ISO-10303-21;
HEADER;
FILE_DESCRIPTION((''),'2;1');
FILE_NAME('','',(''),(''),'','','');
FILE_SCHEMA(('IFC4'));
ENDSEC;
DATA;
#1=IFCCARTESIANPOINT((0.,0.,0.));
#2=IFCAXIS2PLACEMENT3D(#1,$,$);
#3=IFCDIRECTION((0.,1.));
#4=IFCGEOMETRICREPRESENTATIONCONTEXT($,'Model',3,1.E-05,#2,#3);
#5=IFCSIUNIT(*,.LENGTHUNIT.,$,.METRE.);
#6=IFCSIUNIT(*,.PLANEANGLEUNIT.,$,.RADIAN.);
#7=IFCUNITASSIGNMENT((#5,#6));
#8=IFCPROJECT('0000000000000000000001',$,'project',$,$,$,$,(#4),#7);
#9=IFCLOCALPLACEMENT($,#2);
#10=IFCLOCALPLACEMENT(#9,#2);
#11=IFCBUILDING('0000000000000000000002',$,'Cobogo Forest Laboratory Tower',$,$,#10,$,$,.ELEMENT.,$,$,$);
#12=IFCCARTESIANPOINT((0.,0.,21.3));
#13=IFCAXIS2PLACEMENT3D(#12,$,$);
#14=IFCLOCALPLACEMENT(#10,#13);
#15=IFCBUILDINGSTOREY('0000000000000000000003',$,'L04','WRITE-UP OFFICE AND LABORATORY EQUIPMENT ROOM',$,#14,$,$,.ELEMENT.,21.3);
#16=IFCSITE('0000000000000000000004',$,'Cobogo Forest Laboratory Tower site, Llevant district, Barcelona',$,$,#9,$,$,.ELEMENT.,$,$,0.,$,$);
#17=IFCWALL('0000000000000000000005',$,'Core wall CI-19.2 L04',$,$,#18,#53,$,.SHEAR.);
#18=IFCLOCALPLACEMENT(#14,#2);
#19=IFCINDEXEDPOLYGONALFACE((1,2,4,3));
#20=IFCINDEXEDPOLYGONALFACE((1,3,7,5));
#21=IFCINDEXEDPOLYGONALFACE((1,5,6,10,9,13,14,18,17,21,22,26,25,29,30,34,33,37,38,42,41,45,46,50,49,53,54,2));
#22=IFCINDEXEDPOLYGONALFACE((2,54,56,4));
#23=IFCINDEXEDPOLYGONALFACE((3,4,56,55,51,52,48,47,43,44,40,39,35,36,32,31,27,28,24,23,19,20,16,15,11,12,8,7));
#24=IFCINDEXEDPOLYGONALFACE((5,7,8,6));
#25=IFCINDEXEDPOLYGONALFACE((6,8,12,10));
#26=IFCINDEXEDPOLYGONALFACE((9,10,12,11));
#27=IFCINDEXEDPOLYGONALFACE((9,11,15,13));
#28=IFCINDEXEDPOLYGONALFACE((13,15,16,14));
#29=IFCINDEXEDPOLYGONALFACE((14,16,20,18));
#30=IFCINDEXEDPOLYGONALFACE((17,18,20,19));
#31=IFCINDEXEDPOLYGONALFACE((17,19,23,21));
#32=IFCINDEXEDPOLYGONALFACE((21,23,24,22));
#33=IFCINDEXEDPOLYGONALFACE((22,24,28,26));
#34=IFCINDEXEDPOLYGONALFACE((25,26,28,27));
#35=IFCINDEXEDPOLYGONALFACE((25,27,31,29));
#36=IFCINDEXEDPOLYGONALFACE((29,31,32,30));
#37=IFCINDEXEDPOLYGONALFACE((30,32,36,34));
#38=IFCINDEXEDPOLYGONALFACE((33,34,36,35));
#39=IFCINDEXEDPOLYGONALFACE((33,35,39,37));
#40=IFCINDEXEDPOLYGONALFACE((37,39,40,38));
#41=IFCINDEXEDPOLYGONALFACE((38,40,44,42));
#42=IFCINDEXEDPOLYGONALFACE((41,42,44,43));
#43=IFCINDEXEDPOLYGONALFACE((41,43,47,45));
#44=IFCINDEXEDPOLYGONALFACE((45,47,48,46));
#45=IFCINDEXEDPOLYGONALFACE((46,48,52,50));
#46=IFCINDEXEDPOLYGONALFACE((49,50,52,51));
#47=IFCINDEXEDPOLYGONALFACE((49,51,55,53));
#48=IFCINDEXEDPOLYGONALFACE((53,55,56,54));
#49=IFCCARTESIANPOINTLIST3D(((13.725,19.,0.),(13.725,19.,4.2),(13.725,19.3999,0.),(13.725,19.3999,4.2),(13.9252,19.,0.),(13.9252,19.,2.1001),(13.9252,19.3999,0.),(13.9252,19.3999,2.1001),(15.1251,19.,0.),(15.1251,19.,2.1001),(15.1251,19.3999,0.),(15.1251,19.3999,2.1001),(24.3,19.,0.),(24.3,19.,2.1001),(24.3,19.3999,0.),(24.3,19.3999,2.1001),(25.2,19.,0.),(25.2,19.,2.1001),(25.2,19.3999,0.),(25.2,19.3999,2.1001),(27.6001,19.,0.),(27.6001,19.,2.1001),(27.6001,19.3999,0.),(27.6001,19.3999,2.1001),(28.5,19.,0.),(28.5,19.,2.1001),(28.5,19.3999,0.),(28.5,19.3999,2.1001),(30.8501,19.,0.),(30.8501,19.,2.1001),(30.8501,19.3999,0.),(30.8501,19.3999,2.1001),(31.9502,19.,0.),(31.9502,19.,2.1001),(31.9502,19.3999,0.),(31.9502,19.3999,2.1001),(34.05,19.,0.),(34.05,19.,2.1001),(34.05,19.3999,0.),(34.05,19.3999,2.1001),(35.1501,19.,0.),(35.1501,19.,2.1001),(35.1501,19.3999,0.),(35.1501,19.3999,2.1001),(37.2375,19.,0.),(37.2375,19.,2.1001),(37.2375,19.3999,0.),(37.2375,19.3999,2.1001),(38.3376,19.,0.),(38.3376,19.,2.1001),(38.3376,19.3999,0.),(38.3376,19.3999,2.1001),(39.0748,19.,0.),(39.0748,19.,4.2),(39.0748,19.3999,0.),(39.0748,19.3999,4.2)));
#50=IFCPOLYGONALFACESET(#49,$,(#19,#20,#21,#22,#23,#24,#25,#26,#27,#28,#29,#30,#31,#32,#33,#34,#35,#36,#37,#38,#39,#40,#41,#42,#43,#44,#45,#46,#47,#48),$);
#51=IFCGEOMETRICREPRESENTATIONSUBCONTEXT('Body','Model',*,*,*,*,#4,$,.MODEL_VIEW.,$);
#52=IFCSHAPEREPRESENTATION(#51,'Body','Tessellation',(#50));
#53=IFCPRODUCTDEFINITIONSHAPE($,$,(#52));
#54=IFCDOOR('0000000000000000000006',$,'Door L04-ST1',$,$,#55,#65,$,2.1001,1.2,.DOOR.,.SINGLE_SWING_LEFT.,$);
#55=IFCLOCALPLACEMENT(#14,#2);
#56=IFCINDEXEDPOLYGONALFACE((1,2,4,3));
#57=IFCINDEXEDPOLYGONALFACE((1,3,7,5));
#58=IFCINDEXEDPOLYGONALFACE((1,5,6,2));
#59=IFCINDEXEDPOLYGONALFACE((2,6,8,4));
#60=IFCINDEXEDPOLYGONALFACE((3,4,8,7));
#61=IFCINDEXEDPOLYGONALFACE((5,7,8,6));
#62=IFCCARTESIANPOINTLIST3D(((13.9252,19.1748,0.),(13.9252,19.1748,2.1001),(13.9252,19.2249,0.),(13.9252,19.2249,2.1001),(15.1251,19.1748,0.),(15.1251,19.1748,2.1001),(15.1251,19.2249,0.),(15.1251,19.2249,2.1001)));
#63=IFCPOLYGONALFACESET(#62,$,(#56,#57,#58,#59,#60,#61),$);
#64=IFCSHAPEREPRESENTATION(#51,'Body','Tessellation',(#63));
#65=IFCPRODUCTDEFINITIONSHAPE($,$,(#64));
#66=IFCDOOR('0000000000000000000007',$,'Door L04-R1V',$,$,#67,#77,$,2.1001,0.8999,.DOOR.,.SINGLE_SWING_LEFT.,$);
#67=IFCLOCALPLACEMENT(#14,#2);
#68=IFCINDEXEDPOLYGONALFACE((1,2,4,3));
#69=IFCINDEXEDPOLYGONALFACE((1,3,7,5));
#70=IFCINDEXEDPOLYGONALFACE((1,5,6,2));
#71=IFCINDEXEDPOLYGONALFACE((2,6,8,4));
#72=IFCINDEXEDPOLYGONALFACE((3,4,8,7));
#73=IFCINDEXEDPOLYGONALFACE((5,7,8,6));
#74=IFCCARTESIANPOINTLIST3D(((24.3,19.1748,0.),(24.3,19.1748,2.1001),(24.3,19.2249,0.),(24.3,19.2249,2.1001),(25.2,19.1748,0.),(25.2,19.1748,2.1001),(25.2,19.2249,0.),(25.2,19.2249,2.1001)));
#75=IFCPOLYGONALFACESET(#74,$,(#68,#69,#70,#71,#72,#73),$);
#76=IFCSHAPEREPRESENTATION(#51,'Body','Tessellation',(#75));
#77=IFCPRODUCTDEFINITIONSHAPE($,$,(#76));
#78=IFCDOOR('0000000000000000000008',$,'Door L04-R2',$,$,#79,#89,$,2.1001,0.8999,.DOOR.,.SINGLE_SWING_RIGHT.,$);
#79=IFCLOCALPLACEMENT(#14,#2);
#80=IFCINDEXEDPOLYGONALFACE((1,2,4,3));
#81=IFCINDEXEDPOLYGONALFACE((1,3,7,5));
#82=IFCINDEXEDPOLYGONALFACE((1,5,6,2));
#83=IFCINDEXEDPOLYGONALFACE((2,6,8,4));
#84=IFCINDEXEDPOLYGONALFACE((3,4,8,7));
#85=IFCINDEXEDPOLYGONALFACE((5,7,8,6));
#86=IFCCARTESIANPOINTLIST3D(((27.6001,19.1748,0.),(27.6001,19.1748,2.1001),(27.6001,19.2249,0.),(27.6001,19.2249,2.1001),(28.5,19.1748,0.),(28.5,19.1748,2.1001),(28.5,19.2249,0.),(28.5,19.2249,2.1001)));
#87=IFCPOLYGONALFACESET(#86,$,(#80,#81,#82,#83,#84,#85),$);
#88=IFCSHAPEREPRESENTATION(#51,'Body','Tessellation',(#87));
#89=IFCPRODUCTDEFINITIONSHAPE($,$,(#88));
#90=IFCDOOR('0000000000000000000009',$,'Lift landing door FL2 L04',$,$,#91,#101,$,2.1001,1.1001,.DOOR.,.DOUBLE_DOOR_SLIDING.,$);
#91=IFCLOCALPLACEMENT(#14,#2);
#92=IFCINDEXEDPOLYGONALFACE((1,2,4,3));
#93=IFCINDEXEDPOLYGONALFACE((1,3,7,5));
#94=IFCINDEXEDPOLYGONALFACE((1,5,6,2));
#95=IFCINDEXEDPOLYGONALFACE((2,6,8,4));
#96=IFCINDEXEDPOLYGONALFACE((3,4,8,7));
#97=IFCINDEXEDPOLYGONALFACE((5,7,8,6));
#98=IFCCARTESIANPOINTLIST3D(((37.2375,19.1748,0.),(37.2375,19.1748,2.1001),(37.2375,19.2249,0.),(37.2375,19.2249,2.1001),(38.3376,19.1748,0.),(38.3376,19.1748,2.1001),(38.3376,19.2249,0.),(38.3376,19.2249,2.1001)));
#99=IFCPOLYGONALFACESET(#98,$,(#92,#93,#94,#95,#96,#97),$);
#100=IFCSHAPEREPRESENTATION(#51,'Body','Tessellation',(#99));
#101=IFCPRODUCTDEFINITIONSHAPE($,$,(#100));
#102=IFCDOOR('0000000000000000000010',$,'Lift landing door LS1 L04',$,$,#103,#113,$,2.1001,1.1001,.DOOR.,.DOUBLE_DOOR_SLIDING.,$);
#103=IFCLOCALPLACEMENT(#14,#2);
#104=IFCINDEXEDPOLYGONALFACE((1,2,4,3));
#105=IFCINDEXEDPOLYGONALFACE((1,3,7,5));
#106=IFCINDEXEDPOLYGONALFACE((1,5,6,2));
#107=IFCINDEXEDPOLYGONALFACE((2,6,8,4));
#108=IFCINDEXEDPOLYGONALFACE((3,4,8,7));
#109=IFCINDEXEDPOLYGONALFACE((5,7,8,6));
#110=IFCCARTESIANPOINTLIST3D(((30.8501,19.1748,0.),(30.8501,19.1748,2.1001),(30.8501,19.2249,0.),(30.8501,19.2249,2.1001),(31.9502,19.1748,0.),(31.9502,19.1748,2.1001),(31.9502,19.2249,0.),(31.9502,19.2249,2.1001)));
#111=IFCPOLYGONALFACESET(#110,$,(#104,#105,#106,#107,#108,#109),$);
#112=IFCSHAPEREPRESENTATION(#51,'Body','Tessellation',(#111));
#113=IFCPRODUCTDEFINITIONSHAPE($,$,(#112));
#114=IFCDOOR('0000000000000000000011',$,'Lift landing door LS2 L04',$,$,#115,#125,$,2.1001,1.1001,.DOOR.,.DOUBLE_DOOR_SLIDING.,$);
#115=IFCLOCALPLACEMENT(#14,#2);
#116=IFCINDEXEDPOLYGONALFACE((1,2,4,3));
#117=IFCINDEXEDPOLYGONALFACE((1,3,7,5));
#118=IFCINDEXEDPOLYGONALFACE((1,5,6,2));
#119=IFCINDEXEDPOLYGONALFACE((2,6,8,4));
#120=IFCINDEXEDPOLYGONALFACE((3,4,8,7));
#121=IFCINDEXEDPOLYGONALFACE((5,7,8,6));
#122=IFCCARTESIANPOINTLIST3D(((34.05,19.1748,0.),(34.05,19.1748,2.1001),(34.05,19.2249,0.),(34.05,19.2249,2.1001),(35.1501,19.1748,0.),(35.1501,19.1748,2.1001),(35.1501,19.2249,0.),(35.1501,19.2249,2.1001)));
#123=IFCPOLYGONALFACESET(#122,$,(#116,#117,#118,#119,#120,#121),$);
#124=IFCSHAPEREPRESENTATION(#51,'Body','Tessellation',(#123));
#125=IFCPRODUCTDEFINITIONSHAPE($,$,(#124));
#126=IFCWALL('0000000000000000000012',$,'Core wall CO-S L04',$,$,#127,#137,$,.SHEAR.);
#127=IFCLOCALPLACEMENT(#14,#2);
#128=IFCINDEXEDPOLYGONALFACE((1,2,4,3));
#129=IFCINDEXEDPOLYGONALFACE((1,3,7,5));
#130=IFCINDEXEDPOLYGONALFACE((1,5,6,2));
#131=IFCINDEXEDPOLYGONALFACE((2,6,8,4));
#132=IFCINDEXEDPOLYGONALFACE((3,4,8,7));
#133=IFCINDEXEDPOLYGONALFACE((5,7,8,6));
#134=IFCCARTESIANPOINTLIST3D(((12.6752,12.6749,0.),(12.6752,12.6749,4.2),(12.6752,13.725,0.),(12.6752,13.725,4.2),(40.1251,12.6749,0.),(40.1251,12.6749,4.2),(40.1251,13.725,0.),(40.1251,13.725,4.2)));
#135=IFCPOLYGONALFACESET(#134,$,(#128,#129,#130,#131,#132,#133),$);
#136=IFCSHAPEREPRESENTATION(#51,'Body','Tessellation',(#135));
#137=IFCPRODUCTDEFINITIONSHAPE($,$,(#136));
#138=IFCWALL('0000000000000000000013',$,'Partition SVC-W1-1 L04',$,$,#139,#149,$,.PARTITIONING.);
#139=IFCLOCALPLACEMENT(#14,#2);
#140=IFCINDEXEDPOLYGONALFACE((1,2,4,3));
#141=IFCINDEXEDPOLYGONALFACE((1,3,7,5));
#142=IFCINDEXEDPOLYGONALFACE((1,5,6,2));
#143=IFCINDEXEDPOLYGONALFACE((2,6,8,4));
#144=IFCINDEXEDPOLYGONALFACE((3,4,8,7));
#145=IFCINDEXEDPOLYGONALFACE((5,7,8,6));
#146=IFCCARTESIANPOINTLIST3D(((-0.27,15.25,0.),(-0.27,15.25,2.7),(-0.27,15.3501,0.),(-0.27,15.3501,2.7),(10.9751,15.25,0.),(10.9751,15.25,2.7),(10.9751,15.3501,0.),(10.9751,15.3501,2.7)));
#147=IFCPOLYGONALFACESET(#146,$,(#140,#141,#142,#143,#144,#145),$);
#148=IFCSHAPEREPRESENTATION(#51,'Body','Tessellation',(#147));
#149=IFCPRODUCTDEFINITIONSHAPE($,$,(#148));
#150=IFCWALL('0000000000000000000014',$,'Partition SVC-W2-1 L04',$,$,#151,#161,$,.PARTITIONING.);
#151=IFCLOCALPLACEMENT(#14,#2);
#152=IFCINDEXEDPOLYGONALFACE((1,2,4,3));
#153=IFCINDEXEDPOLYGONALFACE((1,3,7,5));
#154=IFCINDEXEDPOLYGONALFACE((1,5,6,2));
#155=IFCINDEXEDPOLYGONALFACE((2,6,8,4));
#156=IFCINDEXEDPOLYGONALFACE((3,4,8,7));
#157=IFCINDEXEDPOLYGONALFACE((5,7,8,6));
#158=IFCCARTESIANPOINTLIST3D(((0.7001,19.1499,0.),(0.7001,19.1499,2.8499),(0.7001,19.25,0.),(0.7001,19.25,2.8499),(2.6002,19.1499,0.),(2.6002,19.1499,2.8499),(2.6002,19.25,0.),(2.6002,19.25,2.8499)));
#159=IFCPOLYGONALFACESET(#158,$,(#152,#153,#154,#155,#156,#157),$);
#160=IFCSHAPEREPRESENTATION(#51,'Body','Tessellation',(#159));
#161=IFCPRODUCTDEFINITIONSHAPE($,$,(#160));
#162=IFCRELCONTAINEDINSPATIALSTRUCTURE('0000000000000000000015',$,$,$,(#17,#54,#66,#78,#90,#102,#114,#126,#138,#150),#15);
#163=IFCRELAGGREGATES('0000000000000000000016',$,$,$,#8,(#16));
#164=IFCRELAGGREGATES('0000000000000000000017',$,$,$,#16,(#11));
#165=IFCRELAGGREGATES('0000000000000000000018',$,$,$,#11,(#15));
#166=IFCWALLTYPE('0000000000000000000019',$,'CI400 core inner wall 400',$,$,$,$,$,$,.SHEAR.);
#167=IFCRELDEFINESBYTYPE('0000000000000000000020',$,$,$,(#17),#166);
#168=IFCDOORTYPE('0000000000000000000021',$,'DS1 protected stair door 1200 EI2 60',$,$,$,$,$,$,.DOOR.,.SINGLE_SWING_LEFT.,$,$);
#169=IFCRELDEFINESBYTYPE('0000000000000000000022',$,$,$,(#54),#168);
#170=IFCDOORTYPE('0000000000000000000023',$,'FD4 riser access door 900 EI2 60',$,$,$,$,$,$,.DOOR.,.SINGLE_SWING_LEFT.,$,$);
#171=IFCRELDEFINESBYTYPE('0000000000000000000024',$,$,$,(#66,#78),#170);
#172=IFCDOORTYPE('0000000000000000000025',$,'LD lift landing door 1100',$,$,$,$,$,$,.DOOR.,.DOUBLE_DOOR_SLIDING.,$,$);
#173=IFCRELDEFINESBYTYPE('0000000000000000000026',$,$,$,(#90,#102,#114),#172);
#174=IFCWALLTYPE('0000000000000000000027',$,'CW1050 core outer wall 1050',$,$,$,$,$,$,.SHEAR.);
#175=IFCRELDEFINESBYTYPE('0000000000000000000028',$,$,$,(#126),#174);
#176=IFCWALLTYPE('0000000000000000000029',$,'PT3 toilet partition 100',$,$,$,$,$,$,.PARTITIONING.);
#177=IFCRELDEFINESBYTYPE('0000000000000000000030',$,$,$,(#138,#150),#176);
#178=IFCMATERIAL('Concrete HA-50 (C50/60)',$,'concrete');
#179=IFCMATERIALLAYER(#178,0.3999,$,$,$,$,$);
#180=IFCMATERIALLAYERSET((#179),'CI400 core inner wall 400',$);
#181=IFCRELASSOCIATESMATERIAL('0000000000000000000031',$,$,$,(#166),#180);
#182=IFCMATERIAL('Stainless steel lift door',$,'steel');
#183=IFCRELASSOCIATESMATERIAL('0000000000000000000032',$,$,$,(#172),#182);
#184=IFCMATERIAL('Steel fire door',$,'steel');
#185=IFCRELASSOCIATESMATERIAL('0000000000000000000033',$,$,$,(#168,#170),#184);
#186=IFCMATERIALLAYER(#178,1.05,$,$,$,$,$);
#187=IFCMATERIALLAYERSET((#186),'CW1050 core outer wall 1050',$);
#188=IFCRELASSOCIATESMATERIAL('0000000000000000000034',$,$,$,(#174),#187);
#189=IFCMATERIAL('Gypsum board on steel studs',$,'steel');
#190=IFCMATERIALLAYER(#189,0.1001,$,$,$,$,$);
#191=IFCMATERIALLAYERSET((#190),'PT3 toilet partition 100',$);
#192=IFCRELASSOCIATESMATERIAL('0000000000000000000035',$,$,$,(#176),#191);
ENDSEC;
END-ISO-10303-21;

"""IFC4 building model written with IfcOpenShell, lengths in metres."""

from ifc_helpers import new_model, si_unit, direction, frame, frame_2d, origin, place, context, subcontext, project, spatial, rectangle, extrude, material, layer, layer_set, type_object, element, fill, save


model = new_model("IFC4")

# Units and contexts
model_context = context("Model", 3, precision=1e-05, world=origin(), true_north=direction((0.0, 1.0)))
body_context = subcontext(model_context, "Body", "Model", "MODEL_VIEW")
ifc_project = project(units=[si_unit("LENGTHUNIT", "METRE"), si_unit("PLANEANGLEUNIT", "RADIAN")], contexts=[model_context])

# Site, building, storey
site_placement = place(None, origin())
site = spatial("IfcSite", under=ifc_project, at=site_placement, Name="Cobogo Forest Laboratory Tower site, Llevant district, Barcelona", CompositionType="ELEMENT", RefElevation=0.0)
building_placement = place(site_placement, origin())
building = spatial("IfcBuilding", under=site, at=building_placement, Name="Cobogo Forest Laboratory Tower", CompositionType="ELEMENT")
storey_placement = place(building_placement, frame((0.0, 0.0, 21.3)))
storey = spatial("IfcBuildingStorey", under=building, at=storey_placement, Name="L04", Description="WRITE-UP OFFICE AND LABORATORY EQUIPMENT ROOM", CompositionType="ELEMENT", Elevation=21.3)

# Shared definitions
ifc_material_1 = material(Name="Concrete HA-50 (C50/60)", Category="concrete")

# Wall, openings, doors
ifc_layer_1 = layer(ifc_material_1, 0.3999)
ifc_layer_set_1 = layer_set([ifc_layer_1], Name="CI400 core inner wall 400")
wall_type_1 = type_object("IfcWallType", Name="CI400 core inner wall 400", PredefinedType="SHEAR", material=ifc_layer_set_1)
ifc_material_2 = material(Name="Stainless steel lift door", Category="steel")
door_type_1 = type_object("IfcDoorType", Name="LD lift landing door 1100", OperationType="DOUBLE_DOOR_SLIDING", PredefinedType="DOOR", material=ifc_material_2)
wall_1_placement = place(storey_placement, frame((13.7251, 19.2, 0.0), z_axis=(0.0, 0.0, 1.0), x_axis=(1.0, 0.0, 0.0)))
wall_1 = element("IfcWall", 1, at=wall_1_placement, inside=storey, type_object=wall_type_1, Name="Core wall CI-19.2 L04", PredefinedType="SHEAR", context=body_context, shape_type="SweptSolid", body=[
    extrude(rectangle(XDim=25.3499, YDim=0.3999, at=frame_2d((12.6748, 0.0))), origin(), (0.0, 0.0, 1.0), 4.2),
])
opening_1_placement = place(wall_1_placement, frame((10.575, 0.0, 0.0)))
opening_1 = element("IfcOpeningElement", 2, at=opening_1_placement, cuts=wall_1, PredefinedType="OPENING", context=body_context, shape_type="SweptSolid", body=[
    extrude(rectangle(XDim=0.8999, YDim=2.1001, at=frame_2d((0.45, 1.05))), frame((0.0, 0.21, 0.0), z_axis=(0.0, -1.0, 0.0), x_axis=(1.0, 0.0, 0.0)), (0.0, 0.0, 1.0), 0.4199),
])
opening_2_placement = place(wall_1_placement, frame((13.875, 0.0, 0.0)))
opening_2 = element("IfcOpeningElement", 3, at=opening_2_placement, cuts=wall_1, PredefinedType="OPENING", context=body_context, shape_type="SweptSolid", body=[
    extrude(rectangle(XDim=0.8999, YDim=2.1001, at=frame_2d((0.45, 1.05))), frame((0.0, 0.21, 0.0), z_axis=(0.0, -1.0, 0.0), x_axis=(1.0, 0.0, 0.0)), (0.0, 0.0, 1.0), 0.4199),
])
opening_3_placement = place(wall_1_placement, frame((0.2, 0.0, 0.0)))
opening_3 = element("IfcOpeningElement", 4, at=opening_3_placement, cuts=wall_1, PredefinedType="OPENING", context=body_context, shape_type="SweptSolid", body=[
    extrude(rectangle(XDim=1.2, YDim=2.1001, at=frame_2d((0.6001, 1.05))), frame((0.0, 0.21, 0.0), z_axis=(0.0, -1.0, 0.0), x_axis=(1.0, 0.0, 0.0)), (0.0, 0.0, 1.0), 0.4199),
])
opening_4_placement = place(wall_1_placement, frame((23.5125, 0.0, 0.0)))
opening_4 = element("IfcOpeningElement", 5, at=opening_4_placement, cuts=wall_1, PredefinedType="OPENING", context=body_context, shape_type="SweptSolid", body=[
    extrude(rectangle(XDim=1.1001, YDim=2.1001, at=frame_2d((0.55, 1.05))), frame((0.0, 0.21, 0.0), z_axis=(0.0, -1.0, 0.0), x_axis=(1.0, 0.0, 0.0)), (0.0, 0.0, 1.0), 0.4199),
])
opening_5_placement = place(wall_1_placement, frame((17.125, 0.0, 0.0)))
opening_5 = element("IfcOpeningElement", 6, at=opening_5_placement, cuts=wall_1, PredefinedType="OPENING", context=body_context, shape_type="SweptSolid", body=[
    extrude(rectangle(XDim=1.1001, YDim=2.1001, at=frame_2d((0.55, 1.05))), frame((0.0, 0.21, 0.0), z_axis=(0.0, -1.0, 0.0), x_axis=(1.0, 0.0, 0.0)), (0.0, 0.0, 1.0), 0.4199),
])
opening_6_placement = place(wall_1_placement, frame((20.325, 0.0, 0.0)))
opening_6 = element("IfcOpeningElement", 7, at=opening_6_placement, cuts=wall_1, PredefinedType="OPENING", context=body_context, shape_type="SweptSolid", body=[
    extrude(rectangle(XDim=1.1001, YDim=2.1001, at=frame_2d((0.55, 1.05))), frame((0.0, 0.21, 0.0), z_axis=(0.0, -1.0, 0.0), x_axis=(1.0, 0.0, 0.0)), (0.0, 0.0, 1.0), 0.4199),
])
ifc_material_3 = material(Name="Steel fire door", Category="steel")
door_type_2 = type_object("IfcDoorType", Name="DS1 protected stair door 1200 EI2 60", OperationType="SINGLE_SWING_LEFT", PredefinedType="DOOR", material=ifc_material_3)
door_1_placement = place(opening_3_placement, origin())
door_1 = element("IfcDoor", 8, at=door_1_placement, inside=storey, type_object=door_type_2, Name="Door L04-ST1", OperationType="SINGLE_SWING_LEFT", OverallHeight=2.1001, OverallWidth=1.2, PredefinedType="DOOR", context=body_context, shape_type="SweptSolid", body=[
    extrude(rectangle(XDim=1.2, YDim=2.1001, at=frame_2d((0.6001, 1.05))), frame((0.0, 0.0249, 0.0), z_axis=(0.0, -1.0, 0.0), x_axis=(1.0, 0.0, 0.0)), (0.0, 0.0, 1.0), 0.05),
])
fill(opening_3, door_1)
door_type_3 = type_object("IfcDoorType", Name="FD4 riser access door 900 EI2 60", OperationType="SINGLE_SWING_LEFT", PredefinedType="DOOR", material=ifc_material_3)
door_2_placement = place(opening_1_placement, origin())
door_2 = element("IfcDoor", 9, at=door_2_placement, inside=storey, type_object=door_type_3, Name="Door L04-R1V", OperationType="SINGLE_SWING_LEFT", OverallHeight=2.1001, OverallWidth=0.8999, PredefinedType="DOOR", context=body_context, shape_type="SweptSolid", body=[
    extrude(rectangle(XDim=0.8999, YDim=2.1001, at=frame_2d((0.45, 1.05))), frame((0.0, 0.0249, 0.0), z_axis=(0.0, -1.0, 0.0), x_axis=(1.0, 0.0, 0.0)), (0.0, 0.0, 1.0), 0.05),
])
fill(opening_1, door_2)
door_3_placement = place(opening_2_placement, origin())
door_3 = element("IfcDoor", 10, at=door_3_placement, inside=storey, type_object=door_type_3, Name="Door L04-R2", OperationType="SINGLE_SWING_RIGHT", OverallHeight=2.1001, OverallWidth=0.8999, PredefinedType="DOOR", context=body_context, shape_type="SweptSolid", body=[
    extrude(rectangle(XDim=0.8999, YDim=2.1001, at=frame_2d((0.45, 1.05))), frame((0.0, 0.0249, 0.0), z_axis=(0.0, -1.0, 0.0), x_axis=(1.0, 0.0, 0.0)), (0.0, 0.0, 1.0), 0.05),
])
fill(opening_2, door_3)
door_4_placement = place(opening_4_placement, origin())
door_4 = element("IfcDoor", 11, at=door_4_placement, inside=storey, type_object=door_type_1, Name="Lift landing door FL2 L04", OperationType="DOUBLE_DOOR_SLIDING", OverallHeight=2.1001, OverallWidth=1.1001, PredefinedType="DOOR", context=body_context, shape_type="SweptSolid", body=[
    extrude(rectangle(XDim=1.1001, YDim=2.1001, at=frame_2d((0.55, 1.05))), frame((0.0, 0.0249, 0.0), z_axis=(0.0, -1.0, 0.0), x_axis=(1.0, 0.0, 0.0)), (0.0, 0.0, 1.0), 0.05),
])
fill(opening_4, door_4)
door_5_placement = place(opening_5_placement, origin())
door_5 = element("IfcDoor", 12, at=door_5_placement, inside=storey, type_object=door_type_1, Name="Lift landing door LS1 L04", OperationType="DOUBLE_DOOR_SLIDING", OverallHeight=2.1001, OverallWidth=1.1001, PredefinedType="DOOR", context=body_context, shape_type="SweptSolid", body=[
    extrude(rectangle(XDim=1.1001, YDim=2.1001, at=frame_2d((0.55, 1.05))), frame((0.0, 0.0249, 0.0), z_axis=(0.0, -1.0, 0.0), x_axis=(1.0, 0.0, 0.0)), (0.0, 0.0, 1.0), 0.05),
])
fill(opening_5, door_5)
door_6_placement = place(opening_6_placement, origin())
door_6 = element("IfcDoor", 13, at=door_6_placement, inside=storey, type_object=door_type_1, Name="Lift landing door LS2 L04", OperationType="DOUBLE_DOOR_SLIDING", OverallHeight=2.1001, OverallWidth=1.1001, PredefinedType="DOOR", context=body_context, shape_type="SweptSolid", body=[
    extrude(rectangle(XDim=1.1001, YDim=2.1001, at=frame_2d((0.55, 1.05))), frame((0.0, 0.0249, 0.0), z_axis=(0.0, -1.0, 0.0), x_axis=(1.0, 0.0, 0.0)), (0.0, 0.0, 1.0), 0.05),
])
fill(opening_6, door_6)

# Walls
ifc_layer_2 = layer(ifc_material_1, 1.05)
ifc_layer_set_2 = layer_set([ifc_layer_2], Name="CW1050 core outer wall 1050")
wall_type_2 = type_object("IfcWallType", Name="CW1050 core outer wall 1050", PredefinedType="SHEAR", material=ifc_layer_set_2)
wall_2_placement = place(storey_placement, frame((12.675, 13.2, 0.0), z_axis=(0.0, 0.0, 1.0), x_axis=(1.0, 0.0, 0.0)))
element("IfcWall", 14, at=wall_2_placement, inside=storey, type_object=wall_type_2, Name="Core wall CO-S L04", PredefinedType="SHEAR", context=body_context, shape_type="SweptSolid", body=[
    extrude(rectangle(XDim=27.45, YDim=1.05, at=frame_2d((13.7251, 0.0))), origin(), (0.0, 0.0, 1.0), 4.2),
])
ifc_material_4 = material(Name="Gypsum board on steel studs", Category="steel")
ifc_layer_3 = layer(ifc_material_4, 0.1001)
ifc_layer_set_3 = layer_set([ifc_layer_3], Name="PT3 toilet partition 100")
wall_type_3 = type_object("IfcWallType", Name="PT3 toilet partition 100", PredefinedType="PARTITIONING", material=ifc_layer_set_3)
wall_3_placement = place(storey_placement, frame((-0.27, 15.3, 0.0), z_axis=(0.0, 0.0, 1.0), x_axis=(1.0, 0.0, 0.0)))
element("IfcWall", 15, at=wall_3_placement, inside=storey, type_object=wall_type_3, Name="Partition SVC-W1-1 L04", PredefinedType="PARTITIONING", context=body_context, shape_type="SweptSolid", body=[
    extrude(rectangle(XDim=11.2451, YDim=0.1001, at=frame_2d((5.6226, 0.0))), origin(), (0.0, 0.0, 1.0), 2.7),
])
wall_4_placement = place(storey_placement, frame((0.7, 19.2, 0.0), z_axis=(0.0, 0.0, 1.0), x_axis=(1.0, 0.0, 0.0)))
element("IfcWall", 16, at=wall_4_placement, inside=storey, type_object=wall_type_3, Name="Partition SVC-W2-1 L04", PredefinedType="PARTITIONING", context=body_context, shape_type="SweptSolid", body=[
    extrude(rectangle(XDim=1.9001, YDim=0.1001, at=frame_2d((0.9502, 0.0))), origin(), (0.0, 0.0, 1.0), 2.8499),
])

save(model, "model.ifc")
